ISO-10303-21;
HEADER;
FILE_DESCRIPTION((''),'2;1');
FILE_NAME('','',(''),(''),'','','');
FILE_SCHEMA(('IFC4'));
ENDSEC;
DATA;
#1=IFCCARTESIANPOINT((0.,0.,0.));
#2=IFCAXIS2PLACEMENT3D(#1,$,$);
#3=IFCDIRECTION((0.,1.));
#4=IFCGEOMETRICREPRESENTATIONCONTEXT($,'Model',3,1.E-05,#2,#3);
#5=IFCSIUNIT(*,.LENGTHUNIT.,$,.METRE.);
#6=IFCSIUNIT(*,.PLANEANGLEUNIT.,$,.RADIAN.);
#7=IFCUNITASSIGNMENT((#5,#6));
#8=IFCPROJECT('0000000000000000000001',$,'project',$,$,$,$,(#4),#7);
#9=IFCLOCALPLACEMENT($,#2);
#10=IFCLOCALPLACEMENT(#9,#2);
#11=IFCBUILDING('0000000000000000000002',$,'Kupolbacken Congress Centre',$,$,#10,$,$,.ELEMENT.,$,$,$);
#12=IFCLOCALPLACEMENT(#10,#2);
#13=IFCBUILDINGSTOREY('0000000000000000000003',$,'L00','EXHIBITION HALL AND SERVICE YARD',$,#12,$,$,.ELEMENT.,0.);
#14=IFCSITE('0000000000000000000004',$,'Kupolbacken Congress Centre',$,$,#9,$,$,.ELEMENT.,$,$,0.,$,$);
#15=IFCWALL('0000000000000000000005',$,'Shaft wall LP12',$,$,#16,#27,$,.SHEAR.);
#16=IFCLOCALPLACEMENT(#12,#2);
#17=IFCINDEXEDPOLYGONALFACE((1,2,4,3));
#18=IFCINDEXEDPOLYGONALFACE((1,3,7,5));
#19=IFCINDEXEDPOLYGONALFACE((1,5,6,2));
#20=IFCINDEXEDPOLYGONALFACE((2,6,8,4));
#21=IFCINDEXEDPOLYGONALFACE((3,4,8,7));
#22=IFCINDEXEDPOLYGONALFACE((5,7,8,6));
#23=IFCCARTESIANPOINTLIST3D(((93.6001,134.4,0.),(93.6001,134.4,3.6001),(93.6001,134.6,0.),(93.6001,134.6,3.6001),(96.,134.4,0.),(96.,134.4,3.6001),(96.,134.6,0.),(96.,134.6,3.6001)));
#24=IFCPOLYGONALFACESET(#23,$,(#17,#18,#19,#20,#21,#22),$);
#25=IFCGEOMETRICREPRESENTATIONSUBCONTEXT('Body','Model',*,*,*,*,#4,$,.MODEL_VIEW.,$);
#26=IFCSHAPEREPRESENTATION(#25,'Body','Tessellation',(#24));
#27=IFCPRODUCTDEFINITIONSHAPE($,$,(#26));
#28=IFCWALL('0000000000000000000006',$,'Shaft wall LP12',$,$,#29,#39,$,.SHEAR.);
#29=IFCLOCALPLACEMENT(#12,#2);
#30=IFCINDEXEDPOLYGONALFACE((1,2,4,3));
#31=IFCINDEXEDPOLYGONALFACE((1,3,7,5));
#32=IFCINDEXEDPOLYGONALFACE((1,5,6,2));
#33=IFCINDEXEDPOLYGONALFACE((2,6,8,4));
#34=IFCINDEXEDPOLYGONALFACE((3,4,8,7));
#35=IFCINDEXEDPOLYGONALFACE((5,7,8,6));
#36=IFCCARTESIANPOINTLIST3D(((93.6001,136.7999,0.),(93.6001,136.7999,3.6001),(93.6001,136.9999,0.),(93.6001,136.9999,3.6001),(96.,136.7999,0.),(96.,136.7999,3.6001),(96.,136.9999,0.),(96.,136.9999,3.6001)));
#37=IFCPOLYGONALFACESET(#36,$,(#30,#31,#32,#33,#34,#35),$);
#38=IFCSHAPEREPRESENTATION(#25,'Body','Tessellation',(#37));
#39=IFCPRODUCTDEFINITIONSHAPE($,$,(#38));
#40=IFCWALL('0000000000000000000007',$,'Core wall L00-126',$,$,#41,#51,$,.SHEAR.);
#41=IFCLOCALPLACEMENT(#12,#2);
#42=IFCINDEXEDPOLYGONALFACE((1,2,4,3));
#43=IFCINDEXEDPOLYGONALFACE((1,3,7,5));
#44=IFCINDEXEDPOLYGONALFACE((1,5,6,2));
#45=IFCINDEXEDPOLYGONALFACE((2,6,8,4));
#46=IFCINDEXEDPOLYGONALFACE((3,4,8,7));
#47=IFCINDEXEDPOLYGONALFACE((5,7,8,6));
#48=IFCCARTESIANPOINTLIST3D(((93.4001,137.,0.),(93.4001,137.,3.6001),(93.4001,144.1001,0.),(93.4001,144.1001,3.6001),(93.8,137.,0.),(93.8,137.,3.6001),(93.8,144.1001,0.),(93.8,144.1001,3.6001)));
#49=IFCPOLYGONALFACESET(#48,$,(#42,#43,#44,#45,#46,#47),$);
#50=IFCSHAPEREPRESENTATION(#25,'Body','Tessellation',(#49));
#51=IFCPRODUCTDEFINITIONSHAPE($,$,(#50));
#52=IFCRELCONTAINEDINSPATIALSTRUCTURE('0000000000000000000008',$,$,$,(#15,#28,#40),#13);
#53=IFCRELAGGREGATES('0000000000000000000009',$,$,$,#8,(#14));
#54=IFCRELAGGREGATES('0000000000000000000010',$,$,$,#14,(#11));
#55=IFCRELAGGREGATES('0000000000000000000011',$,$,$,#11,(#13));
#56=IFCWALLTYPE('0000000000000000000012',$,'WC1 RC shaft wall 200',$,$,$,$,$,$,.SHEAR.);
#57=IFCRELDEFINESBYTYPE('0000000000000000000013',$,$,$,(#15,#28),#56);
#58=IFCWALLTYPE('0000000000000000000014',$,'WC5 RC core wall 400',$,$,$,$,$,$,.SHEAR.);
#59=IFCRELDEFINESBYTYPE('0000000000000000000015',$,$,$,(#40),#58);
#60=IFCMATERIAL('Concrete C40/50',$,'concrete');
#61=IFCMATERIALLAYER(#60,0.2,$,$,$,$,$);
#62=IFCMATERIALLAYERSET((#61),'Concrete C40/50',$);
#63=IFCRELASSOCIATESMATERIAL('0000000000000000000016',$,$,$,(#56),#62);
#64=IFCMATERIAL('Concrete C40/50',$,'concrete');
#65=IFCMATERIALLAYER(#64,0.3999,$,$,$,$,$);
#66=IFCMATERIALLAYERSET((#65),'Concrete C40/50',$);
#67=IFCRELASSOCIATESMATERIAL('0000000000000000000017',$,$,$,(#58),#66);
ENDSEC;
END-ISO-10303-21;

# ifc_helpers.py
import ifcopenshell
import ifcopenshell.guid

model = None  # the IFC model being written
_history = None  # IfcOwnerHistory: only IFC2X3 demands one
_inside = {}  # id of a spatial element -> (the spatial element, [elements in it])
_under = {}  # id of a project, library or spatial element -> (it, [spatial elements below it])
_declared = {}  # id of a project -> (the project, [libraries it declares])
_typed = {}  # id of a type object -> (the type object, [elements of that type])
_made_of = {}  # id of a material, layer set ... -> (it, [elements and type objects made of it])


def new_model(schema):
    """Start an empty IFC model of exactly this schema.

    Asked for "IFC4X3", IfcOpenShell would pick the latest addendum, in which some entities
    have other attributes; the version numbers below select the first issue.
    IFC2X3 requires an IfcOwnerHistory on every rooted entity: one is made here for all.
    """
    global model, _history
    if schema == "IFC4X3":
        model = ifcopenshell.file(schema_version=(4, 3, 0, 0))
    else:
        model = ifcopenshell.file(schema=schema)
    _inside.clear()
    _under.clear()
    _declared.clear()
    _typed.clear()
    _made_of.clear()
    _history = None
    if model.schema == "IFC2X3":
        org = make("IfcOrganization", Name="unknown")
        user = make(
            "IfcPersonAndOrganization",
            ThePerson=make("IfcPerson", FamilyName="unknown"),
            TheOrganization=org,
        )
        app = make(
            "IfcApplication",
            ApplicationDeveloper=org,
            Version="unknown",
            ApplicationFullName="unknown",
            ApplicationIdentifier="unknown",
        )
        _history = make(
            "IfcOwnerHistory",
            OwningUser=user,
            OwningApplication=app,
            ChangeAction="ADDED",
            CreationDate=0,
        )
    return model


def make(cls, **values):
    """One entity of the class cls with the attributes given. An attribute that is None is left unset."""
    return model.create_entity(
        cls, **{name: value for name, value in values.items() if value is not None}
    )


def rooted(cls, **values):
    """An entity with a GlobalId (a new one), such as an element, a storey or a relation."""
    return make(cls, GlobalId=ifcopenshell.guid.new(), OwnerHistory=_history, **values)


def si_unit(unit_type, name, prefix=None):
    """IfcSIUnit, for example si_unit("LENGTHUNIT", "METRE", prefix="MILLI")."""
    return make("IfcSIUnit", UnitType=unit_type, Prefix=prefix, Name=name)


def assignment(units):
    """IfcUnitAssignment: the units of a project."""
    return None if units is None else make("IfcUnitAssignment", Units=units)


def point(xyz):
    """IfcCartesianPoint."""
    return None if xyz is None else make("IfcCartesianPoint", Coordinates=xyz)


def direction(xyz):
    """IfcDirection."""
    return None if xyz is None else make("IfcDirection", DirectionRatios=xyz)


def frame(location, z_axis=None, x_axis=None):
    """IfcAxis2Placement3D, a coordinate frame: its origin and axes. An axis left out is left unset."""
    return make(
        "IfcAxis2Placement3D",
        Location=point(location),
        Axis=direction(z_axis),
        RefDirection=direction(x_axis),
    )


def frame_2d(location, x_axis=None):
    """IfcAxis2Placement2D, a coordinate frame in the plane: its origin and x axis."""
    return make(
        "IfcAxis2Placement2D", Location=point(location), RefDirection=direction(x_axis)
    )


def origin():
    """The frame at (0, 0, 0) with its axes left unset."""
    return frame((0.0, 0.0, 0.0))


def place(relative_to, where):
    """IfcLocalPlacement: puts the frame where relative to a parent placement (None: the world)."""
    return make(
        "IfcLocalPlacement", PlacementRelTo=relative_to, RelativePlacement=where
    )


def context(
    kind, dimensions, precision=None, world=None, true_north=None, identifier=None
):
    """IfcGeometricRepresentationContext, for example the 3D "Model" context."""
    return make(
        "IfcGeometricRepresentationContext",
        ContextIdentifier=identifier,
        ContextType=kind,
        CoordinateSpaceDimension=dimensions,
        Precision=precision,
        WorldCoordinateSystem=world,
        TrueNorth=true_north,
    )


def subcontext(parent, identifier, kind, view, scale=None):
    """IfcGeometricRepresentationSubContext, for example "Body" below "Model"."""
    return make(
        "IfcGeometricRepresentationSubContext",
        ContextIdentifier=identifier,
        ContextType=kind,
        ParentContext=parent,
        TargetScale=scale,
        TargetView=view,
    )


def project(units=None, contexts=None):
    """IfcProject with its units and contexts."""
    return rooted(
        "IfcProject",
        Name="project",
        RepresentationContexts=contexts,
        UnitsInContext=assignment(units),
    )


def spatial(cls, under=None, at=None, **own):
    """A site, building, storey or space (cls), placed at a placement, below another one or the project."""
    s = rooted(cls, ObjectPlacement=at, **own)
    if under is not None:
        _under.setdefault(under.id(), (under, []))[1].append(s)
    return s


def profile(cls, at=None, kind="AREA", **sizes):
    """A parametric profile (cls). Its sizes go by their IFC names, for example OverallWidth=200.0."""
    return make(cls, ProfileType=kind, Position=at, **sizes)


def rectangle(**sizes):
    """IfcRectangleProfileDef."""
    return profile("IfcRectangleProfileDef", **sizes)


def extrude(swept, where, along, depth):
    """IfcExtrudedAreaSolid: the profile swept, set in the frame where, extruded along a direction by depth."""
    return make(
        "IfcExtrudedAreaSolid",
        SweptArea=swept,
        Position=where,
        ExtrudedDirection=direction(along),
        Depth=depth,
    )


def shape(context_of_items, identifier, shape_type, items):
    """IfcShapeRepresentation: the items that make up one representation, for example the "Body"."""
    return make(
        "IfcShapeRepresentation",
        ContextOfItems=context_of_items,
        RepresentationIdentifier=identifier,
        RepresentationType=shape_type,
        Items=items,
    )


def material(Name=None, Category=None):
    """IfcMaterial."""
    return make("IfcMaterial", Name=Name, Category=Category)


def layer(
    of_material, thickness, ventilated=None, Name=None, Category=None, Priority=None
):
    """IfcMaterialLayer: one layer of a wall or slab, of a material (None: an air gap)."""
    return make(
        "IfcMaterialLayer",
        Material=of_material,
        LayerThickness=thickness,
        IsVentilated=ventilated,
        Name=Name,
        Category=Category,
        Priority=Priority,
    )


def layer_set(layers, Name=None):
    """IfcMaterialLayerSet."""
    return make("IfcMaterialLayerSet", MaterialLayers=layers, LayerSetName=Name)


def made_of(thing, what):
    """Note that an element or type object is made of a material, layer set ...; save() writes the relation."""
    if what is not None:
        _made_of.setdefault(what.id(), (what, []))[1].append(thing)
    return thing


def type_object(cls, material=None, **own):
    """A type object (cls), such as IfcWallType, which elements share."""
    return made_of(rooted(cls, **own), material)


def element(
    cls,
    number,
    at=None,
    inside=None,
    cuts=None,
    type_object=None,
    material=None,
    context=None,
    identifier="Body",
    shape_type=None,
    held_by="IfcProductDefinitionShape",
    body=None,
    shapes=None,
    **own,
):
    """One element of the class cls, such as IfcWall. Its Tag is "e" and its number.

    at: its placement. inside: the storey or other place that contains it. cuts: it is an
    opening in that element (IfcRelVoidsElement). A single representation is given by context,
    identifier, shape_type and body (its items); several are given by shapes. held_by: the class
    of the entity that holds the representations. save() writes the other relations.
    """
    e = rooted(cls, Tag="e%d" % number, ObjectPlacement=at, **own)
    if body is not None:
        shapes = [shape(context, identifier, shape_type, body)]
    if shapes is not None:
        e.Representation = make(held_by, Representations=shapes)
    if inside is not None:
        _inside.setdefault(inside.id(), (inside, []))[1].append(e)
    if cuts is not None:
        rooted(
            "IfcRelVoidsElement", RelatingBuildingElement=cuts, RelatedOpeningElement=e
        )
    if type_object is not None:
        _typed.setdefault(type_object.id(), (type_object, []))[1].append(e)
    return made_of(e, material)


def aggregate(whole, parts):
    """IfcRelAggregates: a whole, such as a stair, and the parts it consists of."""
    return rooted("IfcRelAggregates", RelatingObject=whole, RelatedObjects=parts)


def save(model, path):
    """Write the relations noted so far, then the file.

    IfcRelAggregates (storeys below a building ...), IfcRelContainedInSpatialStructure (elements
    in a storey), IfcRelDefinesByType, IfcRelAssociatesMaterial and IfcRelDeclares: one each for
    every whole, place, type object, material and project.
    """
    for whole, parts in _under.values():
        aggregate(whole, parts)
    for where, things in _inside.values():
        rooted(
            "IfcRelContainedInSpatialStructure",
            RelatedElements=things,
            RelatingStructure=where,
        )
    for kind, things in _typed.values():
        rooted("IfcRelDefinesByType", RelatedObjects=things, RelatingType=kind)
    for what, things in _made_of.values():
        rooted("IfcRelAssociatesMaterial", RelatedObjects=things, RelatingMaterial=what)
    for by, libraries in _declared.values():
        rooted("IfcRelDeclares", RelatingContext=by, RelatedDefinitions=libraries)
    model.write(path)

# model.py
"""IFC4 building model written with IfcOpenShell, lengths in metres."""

from ifc_helpers import new_model, si_unit, direction, frame, frame_2d, origin, place, context, subcontext, project, spatial, rectangle, extrude, material, layer, layer_set, type_object, element, save


model = new_model("IFC4")

# Units and contexts
model_context = context("Model", 3, precision=1e-05, world=origin(), true_north=direction((0.0, 1.0)))
body_context = subcontext(model_context, "Body", "Model", "MODEL_VIEW")
ifc_project = project(units=[si_unit("LENGTHUNIT", "METRE"), si_unit("PLANEANGLEUNIT", "RADIAN")], contexts=[model_context])

# Site, building, storey
site_placement = place(None, origin())
site = spatial("IfcSite", under=ifc_project, at=site_placement, Name="Kupolbacken Congress Centre", CompositionType="ELEMENT", RefElevation=0.0)
building_placement = place(site_placement, origin())
building = spatial("IfcBuilding", under=site, at=building_placement, Name="Kupolbacken Congress Centre", CompositionType="ELEMENT")
storey_placement = place(building_placement, origin())
storey = spatial("IfcBuildingStorey", under=building, at=storey_placement, Name="L00", Description="EXHIBITION HALL AND SERVICE YARD", CompositionType="ELEMENT", Elevation=0.0)

# Walls
ifc_material_1 = material(Name="Concrete C40/50", Category="concrete")
ifc_layer_1 = layer(ifc_material_1, 0.2)
ifc_layer_set_1 = layer_set([ifc_layer_1], Name="Concrete C40/50")
wall_type_1 = type_object("IfcWallType", Name="WC1 RC shaft wall 200", PredefinedType="SHEAR", material=ifc_layer_set_1)
for number, where, z_axis, x_axis, name in (
    (1, (93.6001, 134.5, 0.0), (0.0, 0.0, 1.0), (1.0, 0.0, 0.0), "Shaft wall LP12"),
    (2, (93.6001, 136.8999, 0.0), (0.0, 0.0, 1.0), (1.0, 0.0, 0.0), "Shaft wall LP12"),
):
    element("IfcWall", number, at=place(storey_placement, frame(where, z_axis=z_axis, x_axis=x_axis)), inside=storey, type_object=wall_type_1, Name=name, PredefinedType="SHEAR", context=body_context, shape_type="SweptSolid", body=[
        extrude(rectangle(XDim=2.3999, YDim=0.2, at=frame_2d((1.2, 0.0))), origin(), (0.0, 0.0, 1.0), 3.6001),
    ])
ifc_material_2 = material(Name="Concrete C40/50", Category="concrete")
ifc_layer_2 = layer(ifc_material_2, 0.3999)
ifc_layer_set_2 = layer_set([ifc_layer_2], Name="Concrete C40/50")
wall_type_2 = type_object("IfcWallType", Name="WC5 RC core wall 400", PredefinedType="SHEAR", material=ifc_layer_set_2)
wall_placement = place(storey_placement, frame((93.6001, 144.1001, 0.0), z_axis=(0.0, 0.0, 1.0), x_axis=(0.0, -1.0, 0.0)))
element("IfcWall", 3, at=wall_placement, inside=storey, type_object=wall_type_2, Name="Core wall L00-126", PredefinedType="SHEAR", context=body_context, shape_type="SweptSolid", body=[
    extrude(rectangle(XDim=7.1001, YDim=0.3999, at=frame_2d((3.55, 0.0))), origin(), (0.0, 0.0, 1.0), 3.6001),
])

save(model, "model.ifc")
